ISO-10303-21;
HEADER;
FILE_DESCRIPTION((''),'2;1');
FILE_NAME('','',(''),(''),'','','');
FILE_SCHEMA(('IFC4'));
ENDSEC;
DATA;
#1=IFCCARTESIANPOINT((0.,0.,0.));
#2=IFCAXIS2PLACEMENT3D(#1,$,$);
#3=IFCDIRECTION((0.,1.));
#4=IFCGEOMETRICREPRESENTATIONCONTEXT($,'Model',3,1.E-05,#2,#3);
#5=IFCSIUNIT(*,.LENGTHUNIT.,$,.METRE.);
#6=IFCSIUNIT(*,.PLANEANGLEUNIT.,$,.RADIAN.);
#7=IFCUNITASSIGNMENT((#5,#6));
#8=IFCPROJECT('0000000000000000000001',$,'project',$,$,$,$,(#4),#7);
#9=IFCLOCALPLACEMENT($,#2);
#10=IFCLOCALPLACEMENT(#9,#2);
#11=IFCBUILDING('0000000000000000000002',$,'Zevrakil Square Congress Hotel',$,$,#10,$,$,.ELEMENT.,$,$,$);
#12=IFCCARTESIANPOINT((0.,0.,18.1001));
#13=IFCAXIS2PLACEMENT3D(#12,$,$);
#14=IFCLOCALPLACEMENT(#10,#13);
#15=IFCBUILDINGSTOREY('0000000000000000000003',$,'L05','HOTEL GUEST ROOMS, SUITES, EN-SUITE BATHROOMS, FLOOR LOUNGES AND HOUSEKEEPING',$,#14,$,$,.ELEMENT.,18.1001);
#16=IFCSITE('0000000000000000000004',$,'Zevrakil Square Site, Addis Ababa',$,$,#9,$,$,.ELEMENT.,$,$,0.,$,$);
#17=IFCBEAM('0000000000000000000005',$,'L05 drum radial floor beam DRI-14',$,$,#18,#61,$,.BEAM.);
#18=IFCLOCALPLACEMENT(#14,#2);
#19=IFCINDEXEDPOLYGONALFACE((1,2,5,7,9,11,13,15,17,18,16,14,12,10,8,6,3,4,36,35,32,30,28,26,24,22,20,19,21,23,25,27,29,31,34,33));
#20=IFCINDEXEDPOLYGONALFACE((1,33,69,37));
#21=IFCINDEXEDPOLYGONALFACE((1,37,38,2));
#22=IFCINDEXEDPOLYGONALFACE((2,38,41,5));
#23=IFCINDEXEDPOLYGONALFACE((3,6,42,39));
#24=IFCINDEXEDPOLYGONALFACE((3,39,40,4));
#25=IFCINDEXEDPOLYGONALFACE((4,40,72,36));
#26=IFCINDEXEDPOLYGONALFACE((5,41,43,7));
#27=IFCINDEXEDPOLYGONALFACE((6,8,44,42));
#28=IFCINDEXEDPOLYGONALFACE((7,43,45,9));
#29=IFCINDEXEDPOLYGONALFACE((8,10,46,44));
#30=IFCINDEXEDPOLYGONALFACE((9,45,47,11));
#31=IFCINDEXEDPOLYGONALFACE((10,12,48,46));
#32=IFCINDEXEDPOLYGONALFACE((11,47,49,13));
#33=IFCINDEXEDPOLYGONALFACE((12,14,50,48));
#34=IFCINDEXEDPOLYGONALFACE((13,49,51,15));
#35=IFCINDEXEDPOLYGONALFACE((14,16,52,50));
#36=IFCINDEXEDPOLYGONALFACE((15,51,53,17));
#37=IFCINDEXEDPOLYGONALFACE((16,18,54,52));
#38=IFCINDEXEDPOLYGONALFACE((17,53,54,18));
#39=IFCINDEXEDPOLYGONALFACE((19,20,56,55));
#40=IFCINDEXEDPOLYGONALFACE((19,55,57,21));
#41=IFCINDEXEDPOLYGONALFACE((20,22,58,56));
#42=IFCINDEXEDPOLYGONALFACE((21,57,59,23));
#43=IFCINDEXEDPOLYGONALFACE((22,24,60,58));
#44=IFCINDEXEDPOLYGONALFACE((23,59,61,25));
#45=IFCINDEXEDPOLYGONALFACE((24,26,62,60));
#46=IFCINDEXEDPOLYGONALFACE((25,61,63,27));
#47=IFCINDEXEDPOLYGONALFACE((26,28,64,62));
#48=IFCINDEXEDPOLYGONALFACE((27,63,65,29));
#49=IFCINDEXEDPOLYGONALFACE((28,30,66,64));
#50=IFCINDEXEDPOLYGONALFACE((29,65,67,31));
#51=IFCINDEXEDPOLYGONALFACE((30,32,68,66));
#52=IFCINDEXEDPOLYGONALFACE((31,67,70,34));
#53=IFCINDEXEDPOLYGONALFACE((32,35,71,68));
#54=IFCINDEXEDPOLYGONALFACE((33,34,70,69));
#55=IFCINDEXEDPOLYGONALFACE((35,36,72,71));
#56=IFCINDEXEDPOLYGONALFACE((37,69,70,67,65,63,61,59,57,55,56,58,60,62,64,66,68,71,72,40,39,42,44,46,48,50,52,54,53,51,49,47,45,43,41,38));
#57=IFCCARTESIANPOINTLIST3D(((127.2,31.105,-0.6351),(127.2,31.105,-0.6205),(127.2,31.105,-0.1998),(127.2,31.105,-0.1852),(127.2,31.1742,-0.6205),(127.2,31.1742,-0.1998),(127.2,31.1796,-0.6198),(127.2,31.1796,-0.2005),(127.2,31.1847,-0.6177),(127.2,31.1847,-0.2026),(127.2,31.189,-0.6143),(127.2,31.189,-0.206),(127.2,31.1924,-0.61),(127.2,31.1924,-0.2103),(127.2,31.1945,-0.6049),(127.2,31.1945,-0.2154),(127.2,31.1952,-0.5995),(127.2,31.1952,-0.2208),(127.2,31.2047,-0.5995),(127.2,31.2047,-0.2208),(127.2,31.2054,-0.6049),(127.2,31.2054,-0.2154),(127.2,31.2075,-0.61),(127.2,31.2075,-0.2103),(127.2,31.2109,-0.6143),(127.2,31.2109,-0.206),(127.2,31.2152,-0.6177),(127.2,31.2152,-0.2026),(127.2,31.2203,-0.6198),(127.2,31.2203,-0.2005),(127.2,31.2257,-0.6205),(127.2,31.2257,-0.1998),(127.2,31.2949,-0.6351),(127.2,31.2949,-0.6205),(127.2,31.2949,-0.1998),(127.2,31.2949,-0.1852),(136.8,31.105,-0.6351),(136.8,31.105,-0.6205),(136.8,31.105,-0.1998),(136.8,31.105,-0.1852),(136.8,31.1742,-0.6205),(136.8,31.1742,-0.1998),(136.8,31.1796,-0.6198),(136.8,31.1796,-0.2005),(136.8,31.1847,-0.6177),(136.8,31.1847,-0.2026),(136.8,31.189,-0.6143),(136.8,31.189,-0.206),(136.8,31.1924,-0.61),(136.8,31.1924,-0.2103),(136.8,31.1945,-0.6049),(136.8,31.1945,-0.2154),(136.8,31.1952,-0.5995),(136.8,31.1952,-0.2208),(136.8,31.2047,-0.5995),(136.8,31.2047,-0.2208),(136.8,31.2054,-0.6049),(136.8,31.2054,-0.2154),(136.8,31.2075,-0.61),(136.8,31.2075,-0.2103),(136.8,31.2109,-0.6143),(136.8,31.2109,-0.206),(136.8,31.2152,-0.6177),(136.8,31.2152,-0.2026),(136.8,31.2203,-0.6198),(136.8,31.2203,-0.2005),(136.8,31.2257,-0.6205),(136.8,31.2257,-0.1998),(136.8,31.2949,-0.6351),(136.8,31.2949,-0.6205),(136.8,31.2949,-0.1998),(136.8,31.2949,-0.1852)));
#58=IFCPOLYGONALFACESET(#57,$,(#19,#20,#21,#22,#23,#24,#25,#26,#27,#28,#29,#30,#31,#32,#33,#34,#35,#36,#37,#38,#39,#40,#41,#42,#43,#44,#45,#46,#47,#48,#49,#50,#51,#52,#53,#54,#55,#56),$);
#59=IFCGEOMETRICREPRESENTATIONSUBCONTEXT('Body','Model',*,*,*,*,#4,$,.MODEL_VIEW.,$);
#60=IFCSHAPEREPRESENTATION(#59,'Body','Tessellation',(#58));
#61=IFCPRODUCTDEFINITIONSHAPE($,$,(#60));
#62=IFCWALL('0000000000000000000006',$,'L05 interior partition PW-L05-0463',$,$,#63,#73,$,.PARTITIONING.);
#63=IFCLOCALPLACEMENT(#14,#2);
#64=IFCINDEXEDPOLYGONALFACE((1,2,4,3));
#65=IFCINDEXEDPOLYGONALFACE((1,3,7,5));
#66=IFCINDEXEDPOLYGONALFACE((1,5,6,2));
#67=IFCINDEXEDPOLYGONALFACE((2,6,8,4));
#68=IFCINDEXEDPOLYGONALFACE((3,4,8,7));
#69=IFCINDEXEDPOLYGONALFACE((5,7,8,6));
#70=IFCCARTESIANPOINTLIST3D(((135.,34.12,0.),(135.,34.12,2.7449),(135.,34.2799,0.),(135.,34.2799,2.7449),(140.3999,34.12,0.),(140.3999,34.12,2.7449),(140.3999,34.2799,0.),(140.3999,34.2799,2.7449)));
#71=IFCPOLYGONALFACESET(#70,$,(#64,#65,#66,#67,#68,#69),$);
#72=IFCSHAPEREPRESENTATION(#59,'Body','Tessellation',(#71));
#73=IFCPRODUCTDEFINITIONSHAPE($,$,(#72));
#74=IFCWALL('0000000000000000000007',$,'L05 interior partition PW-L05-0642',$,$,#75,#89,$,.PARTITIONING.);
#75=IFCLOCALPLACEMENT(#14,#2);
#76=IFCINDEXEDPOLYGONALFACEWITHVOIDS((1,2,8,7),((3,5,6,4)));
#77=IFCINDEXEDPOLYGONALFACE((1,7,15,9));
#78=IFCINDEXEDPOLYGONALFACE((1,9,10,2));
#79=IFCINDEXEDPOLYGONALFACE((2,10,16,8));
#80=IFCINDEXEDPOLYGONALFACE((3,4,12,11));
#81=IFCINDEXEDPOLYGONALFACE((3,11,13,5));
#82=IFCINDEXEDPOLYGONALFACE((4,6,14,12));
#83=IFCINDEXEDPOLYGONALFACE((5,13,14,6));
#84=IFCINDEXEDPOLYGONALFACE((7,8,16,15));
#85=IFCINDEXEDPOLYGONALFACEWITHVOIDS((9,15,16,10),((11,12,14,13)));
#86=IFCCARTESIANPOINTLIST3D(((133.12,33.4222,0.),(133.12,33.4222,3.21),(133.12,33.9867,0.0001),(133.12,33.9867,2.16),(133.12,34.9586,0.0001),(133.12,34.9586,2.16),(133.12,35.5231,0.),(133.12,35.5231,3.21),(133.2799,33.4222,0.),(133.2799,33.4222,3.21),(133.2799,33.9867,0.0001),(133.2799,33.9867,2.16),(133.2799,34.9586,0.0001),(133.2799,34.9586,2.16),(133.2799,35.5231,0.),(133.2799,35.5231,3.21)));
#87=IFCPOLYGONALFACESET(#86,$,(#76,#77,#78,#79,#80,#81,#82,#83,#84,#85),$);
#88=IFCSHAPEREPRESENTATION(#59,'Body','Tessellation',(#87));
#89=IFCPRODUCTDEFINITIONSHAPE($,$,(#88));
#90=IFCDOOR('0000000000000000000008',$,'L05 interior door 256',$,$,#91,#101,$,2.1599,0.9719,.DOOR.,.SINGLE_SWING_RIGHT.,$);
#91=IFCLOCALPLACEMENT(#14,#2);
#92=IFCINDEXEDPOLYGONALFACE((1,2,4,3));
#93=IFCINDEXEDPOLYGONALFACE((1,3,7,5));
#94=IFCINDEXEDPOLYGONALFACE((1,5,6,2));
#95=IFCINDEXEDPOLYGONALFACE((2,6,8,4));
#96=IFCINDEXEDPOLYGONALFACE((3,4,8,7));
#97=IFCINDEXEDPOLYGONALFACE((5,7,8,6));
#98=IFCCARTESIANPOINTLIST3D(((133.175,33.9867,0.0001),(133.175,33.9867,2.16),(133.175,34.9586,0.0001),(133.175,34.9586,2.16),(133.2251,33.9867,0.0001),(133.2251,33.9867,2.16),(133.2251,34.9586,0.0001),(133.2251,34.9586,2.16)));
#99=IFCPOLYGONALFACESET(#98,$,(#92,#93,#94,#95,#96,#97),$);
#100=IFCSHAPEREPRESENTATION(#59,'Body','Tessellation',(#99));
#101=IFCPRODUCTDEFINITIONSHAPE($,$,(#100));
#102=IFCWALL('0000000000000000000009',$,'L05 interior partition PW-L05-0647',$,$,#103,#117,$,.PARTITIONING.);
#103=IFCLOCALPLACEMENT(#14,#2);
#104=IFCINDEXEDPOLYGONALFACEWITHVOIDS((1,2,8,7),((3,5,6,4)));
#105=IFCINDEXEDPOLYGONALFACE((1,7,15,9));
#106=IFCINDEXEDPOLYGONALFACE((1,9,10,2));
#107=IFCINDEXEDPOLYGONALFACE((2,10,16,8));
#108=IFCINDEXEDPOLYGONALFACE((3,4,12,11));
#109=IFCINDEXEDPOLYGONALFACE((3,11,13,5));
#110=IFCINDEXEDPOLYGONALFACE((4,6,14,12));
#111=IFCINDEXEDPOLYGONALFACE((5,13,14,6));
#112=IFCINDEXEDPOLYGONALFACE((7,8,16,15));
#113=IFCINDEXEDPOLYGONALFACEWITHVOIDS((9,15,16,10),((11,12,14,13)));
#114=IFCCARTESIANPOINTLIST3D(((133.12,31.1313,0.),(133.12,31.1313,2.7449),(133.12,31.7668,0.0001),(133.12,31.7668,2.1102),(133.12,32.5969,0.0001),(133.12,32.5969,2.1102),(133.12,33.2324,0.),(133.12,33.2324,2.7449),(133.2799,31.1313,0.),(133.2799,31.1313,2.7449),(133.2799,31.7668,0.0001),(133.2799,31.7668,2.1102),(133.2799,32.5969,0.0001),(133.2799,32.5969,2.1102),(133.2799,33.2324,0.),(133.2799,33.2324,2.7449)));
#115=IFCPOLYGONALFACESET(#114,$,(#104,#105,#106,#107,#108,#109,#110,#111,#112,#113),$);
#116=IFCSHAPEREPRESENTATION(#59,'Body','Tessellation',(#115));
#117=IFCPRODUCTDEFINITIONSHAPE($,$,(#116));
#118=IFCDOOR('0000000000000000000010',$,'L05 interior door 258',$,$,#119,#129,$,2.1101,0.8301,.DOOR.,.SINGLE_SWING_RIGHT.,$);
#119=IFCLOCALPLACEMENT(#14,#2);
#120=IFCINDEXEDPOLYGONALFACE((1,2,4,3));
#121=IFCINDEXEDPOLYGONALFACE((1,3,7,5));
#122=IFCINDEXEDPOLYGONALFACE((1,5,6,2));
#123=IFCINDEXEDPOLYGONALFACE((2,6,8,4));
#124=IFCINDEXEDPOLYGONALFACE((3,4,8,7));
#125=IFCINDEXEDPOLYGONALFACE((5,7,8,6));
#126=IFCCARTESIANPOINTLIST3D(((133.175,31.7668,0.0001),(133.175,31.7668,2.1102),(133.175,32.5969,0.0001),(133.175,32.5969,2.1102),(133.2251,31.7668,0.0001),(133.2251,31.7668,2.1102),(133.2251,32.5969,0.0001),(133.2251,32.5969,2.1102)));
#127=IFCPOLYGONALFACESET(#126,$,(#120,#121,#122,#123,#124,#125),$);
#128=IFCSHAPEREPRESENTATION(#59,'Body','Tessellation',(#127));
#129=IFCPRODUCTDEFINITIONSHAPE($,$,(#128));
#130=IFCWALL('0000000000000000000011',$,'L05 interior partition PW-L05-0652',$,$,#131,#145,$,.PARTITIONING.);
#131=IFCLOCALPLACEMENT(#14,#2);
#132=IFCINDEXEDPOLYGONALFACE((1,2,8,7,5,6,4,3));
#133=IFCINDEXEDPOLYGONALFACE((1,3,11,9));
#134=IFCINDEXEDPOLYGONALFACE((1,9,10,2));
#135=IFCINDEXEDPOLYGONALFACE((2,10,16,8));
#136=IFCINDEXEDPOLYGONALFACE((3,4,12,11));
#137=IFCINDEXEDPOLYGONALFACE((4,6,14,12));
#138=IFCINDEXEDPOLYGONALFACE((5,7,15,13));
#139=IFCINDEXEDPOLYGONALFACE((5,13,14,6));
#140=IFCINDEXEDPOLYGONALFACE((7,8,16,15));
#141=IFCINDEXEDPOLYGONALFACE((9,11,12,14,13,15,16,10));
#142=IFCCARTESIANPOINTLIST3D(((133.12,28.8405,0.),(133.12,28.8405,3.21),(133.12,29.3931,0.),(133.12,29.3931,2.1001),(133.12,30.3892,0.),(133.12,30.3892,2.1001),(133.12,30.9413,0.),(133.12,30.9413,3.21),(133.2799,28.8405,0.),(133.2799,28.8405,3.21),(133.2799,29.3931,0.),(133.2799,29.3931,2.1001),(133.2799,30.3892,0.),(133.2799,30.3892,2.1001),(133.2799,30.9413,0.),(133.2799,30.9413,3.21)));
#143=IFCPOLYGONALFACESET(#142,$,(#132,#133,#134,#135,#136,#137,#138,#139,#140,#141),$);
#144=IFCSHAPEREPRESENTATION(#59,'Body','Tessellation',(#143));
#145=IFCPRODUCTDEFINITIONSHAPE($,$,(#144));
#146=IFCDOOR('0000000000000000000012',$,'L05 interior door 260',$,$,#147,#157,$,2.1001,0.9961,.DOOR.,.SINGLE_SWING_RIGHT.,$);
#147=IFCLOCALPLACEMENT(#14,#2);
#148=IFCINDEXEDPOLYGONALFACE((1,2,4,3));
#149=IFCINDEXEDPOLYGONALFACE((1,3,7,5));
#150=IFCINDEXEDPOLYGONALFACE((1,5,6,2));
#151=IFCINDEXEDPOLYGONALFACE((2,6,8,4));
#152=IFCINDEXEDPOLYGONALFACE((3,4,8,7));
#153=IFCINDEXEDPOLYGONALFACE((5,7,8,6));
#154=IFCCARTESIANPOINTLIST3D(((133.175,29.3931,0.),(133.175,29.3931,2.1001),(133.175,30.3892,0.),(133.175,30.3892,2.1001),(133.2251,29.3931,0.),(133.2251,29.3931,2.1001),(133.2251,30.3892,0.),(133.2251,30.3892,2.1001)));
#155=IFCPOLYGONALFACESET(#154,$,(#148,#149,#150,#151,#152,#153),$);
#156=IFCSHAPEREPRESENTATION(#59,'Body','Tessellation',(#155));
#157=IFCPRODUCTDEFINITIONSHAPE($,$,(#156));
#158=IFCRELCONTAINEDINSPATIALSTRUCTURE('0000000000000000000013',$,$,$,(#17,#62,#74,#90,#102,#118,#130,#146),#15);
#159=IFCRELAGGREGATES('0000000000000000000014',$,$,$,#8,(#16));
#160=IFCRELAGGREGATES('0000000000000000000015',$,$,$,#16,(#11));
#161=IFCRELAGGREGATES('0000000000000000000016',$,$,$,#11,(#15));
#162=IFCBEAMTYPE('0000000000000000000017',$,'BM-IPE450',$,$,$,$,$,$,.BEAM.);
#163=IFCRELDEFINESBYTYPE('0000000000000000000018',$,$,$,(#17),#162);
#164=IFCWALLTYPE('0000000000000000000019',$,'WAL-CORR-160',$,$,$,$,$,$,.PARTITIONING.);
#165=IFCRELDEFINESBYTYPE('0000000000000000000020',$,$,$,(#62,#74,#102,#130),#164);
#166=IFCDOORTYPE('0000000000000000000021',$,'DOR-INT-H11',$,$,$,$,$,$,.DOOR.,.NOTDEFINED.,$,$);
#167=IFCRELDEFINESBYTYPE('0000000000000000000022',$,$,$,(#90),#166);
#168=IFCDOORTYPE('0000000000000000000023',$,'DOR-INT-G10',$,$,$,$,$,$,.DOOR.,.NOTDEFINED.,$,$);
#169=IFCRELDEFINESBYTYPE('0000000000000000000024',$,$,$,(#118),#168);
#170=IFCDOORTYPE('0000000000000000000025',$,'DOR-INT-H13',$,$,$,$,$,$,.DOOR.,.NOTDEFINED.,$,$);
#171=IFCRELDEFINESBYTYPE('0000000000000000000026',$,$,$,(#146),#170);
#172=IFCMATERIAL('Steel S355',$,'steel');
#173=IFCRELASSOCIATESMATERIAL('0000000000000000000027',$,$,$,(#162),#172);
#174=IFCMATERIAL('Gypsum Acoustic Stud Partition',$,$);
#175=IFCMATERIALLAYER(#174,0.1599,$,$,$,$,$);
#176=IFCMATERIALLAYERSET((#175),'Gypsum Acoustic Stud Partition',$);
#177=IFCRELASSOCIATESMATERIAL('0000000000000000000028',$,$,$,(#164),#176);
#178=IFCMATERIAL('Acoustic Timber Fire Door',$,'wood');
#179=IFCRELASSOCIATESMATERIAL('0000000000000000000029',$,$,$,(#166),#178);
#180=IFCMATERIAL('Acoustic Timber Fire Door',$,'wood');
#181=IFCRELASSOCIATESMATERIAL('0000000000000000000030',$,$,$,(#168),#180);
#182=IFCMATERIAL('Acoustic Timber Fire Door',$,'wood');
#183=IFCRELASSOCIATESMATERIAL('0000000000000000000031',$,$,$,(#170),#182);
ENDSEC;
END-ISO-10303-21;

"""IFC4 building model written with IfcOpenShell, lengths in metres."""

from ifc_helpers import new_model, si_unit, direction, frame, frame_2d, origin, origin_2d, place, context, subcontext, project, spatial, rectangle, i_section, extrude, material, layer, layer_set, material_profile, profile_set, type_object, element, fill, save


model = new_model("IFC4")

# Units and contexts
model_context = context("Model", 3, precision=1e-05, world=origin(), true_north=direction((0.0, 1.0)))
body_context = subcontext(model_context, "Body", "Model", "MODEL_VIEW")
ifc_project = project(units=[si_unit("LENGTHUNIT", "METRE"), si_unit("PLANEANGLEUNIT", "RADIAN")], contexts=[model_context])

# Site, building, storey
site_placement = place(None, origin())
site = spatial("IfcSite", under=ifc_project, at=site_placement, Name="Zevrakil Square Site, Addis Ababa", CompositionType="ELEMENT", RefElevation=0.0)
building_placement = place(site_placement, origin())
building = spatial("IfcBuilding", under=site, at=building_placement, Name="Zevrakil Square Congress Hotel", CompositionType="ELEMENT")
storey_placement = place(building_placement, frame((0.0, 0.0, 18.1001)))
storey = spatial("IfcBuildingStorey", under=building, at=storey_placement, Name="L05", Description="HOTEL GUEST ROOMS, SUITES, EN-SUITE BATHROOMS, FLOOR LOUNGES AND HOUSEKEEPING", CompositionType="ELEMENT", Elevation=18.1001)

# Beam
ifc_material_1 = material(Name="Steel S355", Category="steel")
ifc_material_profile = material_profile(ifc_material_1, i_section(OverallWidth=0.1899, OverallDepth=0.45, WebThickness=0.0095, FlangeThickness=0.0146, FilletRadius=0.021, at=origin_2d()), Name="IPE 450")
ifc_profile_set = profile_set([ifc_material_profile], Name="Steel S355")
beam_type = type_object("IfcBeamType", Name="BM-IPE450", PredefinedType="BEAM", material=ifc_profile_set)
beam_placement = place(storey_placement, frame((136.8, 31.2, -0.4102), z_axis=(-1.0, 0.0, 0.0), x_axis=(0.0, -1.0, 0.0)))
element("IfcBeam", 1, at=beam_placement, inside=storey, type_object=beam_type, Name="L05 drum radial floor beam DRI-14", PredefinedType="BEAM", context=body_context, shape_type="SweptSolid", body=[
    extrude(i_section(OverallWidth=0.1899, OverallDepth=0.45, WebThickness=0.0095, FlangeThickness=0.0146, FilletRadius=0.021, at=origin_2d()), origin(), (0.0, 0.0, 1.0), 9.6001),
])

# Wall
ifc_material_2 = material(Name="Gypsum Acoustic Stud Partition")
ifc_layer_1 = layer(ifc_material_2, 0.1599)
ifc_layer_set_1 = layer_set([ifc_layer_1], Name="Gypsum Acoustic Stud Partition")
wall_type_1 = type_object("IfcWallType", Name="WAL-CORR-160", PredefinedType="PARTITIONING", material=ifc_layer_set_1)
wall_1_placement = place(storey_placement, frame((135.0, 34.2, 0.0), z_axis=(0.0, 0.0, 1.0), x_axis=(1.0, 0.0, 0.0)))
element("IfcWall", 2, at=wall_1_placement, inside=storey, type_object=wall_type_1, Name="L05 interior partition PW-L05-0463", PredefinedType="PARTITIONING", context=body_context, shape_type="SweptSolid", body=[
    extrude(rectangle(XDim=5.3999, YDim=0.1599, at=frame_2d((2.7, 0.0))), origin(), (0.0, 0.0, 1.0), 2.7449),
])

# Walls, openings, doors
wall_2_placement = place(storey_placement, frame((133.2, 33.4224, 0.0), z_axis=(0.0, 0.0, 1.0), x_axis=(0.0, 1.0, 0.0)))
wall_2 = element("IfcWall", 3, at=wall_2_placement, inside=storey, type_object=wall_type_1, Name="L05 interior partition PW-L05-0642", PredefinedType="PARTITIONING", context=body_context, shape_type="SweptSolid", body=[
    extrude(rectangle(XDim=2.1008, YDim=0.1599, at=frame_2d((1.0503, 0.0))), origin(), (0.0, 0.0, 1.0), 3.21),
])
opening_1_placement = place(wall_2_placement, frame((0.5645, 0.0, 0.0)))
opening_1 = element("IfcOpeningElement", 4, at=opening_1_placement, cuts=wall_2, PredefinedType="OPENING", context=body_context, shape_type="SweptSolid", body=[
    extrude(rectangle(XDim=0.9719, YDim=2.1599, at=frame_2d((0.4858, 1.0801))), frame((0.0, 0.0898, 0.0), z_axis=(0.0, -1.0, 0.0), x_axis=(1.0, 0.0, 0.0)), (0.0, 0.0, 1.0), 0.1799),
])
ifc_material_3 = material(Name="Acoustic Timber Fire Door", Category="wood")
door_type_1 = type_object("IfcDoorType", Name="DOR-INT-H11", OperationType="NOTDEFINED", PredefinedType="DOOR", material=ifc_material_3)
door_1_placement = place(opening_1_placement, origin())
door_1 = element("IfcDoor", 5, at=door_1_placement, inside=storey, type_object=door_type_1, Name="L05 interior door 256", OperationType="SINGLE_SWING_RIGHT", OverallHeight=2.1599, OverallWidth=0.9719, PredefinedType="DOOR", context=body_context, shape_type="SweptSolid", body=[
    extrude(rectangle(XDim=0.9719, YDim=2.1599, at=frame_2d((0.4858, 1.0801))), frame((0.0, 0.0249, 0.0), z_axis=(0.0, -1.0, 0.0), x_axis=(1.0, 0.0, 0.0)), (0.0, 0.0, 1.0), 0.05),
])
fill(opening_1, door_1)
wall_3_placement = place(storey_placement, frame((133.2, 31.1313, 0.0), z_axis=(0.0, 0.0, 1.0), x_axis=(0.0, 1.0, 0.0)))
wall_3 = element("IfcWall", 6, at=wall_3_placement, inside=storey, type_object=wall_type_1, Name="L05 interior partition PW-L05-0647", PredefinedType="PARTITIONING", context=body_context, shape_type="SweptSolid", body=[
    extrude(rectangle(XDim=2.1011, YDim=0.1599, at=frame_2d((1.0505, 0.0))), origin(), (0.0, 0.0, 1.0), 2.7449),
])
opening_2_placement = place(wall_3_placement, frame((0.6355, 0.0, 0.0)))
opening_2 = element("IfcOpeningElement", 7, at=opening_2_placement, cuts=wall_3, PredefinedType="OPENING", context=body_context, shape_type="SweptSolid", body=[
    extrude(rectangle(XDim=0.8301, YDim=2.1101, at=frame_2d((0.415, 1.0552))), frame((0.0, 0.0898, 0.0), z_axis=(0.0, -1.0, 0.0), x_axis=(1.0, 0.0, 0.0)), (0.0, 0.0, 1.0), 0.1799),
])
ifc_material_4 = material(Name="Acoustic Timber Fire Door", Category="wood")
door_type_2 = type_object("IfcDoorType", Name="DOR-INT-G10", OperationType="NOTDEFINED", PredefinedType="DOOR", material=ifc_material_4)
door_2_placement = place(opening_2_placement, origin())
door_2 = element("IfcDoor", 8, at=door_2_placement, inside=storey, type_object=door_type_2, Name="L05 interior door 258", OperationType="SINGLE_SWING_RIGHT", OverallHeight=2.1101, OverallWidth=0.8301, PredefinedType="DOOR", context=body_context, shape_type="SweptSolid", body=[
    extrude(rectangle(XDim=0.8301, YDim=2.1101, at=frame_2d((0.415, 1.0552))), frame((0.0, 0.0249, 0.0), z_axis=(0.0, -1.0, 0.0), x_axis=(1.0, 0.0, 0.0)), (0.0, 0.0, 1.0), 0.05),
])
fill(opening_2, door_2)
wall_4_placement = place(storey_placement, frame((133.2, 28.8406, 0.0), z_axis=(0.0, 0.0, 1.0), x_axis=(0.0, 1.0, 0.0)))
wall_4 = element("IfcWall", 9, at=wall_4_placement, inside=storey, type_object=wall_type_1, Name="L05 interior partition PW-L05-0652", PredefinedType="PARTITIONING", context=body_context, shape_type="SweptSolid", body=[
    extrude(rectangle(XDim=2.1008, YDim=0.1599, at=frame_2d((1.0503, 0.0))), origin(), (0.0, 0.0, 1.0), 3.21),
])
opening_3_placement = place(wall_4_placement, frame((0.5525, 0.0, 0.0)))
opening_3 = element("IfcOpeningElement", 10, at=opening_3_placement, cuts=wall_4, PredefinedType="OPENING", context=body_context, shape_type="SweptSolid", body=[
    extrude(rectangle(XDim=0.9961, YDim=2.1001, at=frame_2d((0.498, 1.05))), frame((0.0, 0.0898, 0.0), z_axis=(0.0, -1.0, 0.0), x_axis=(1.0, 0.0, 0.0)), (0.0, 0.0, 1.0), 0.1799),
])
ifc_material_5 = material(Name="Acoustic Timber Fire Door", Category="wood")
door_type_3 = type_object("IfcDoorType", Name="DOR-INT-H13", OperationType="NOTDEFINED", PredefinedType="DOOR", material=ifc_material_5)
door_3_placement = place(opening_3_placement, origin())
door_3 = element("IfcDoor", 11, at=door_3_placement, inside=storey, type_object=door_type_3, Name="L05 interior door 260", OperationType="SINGLE_SWING_RIGHT", OverallHeight=2.1001, OverallWidth=0.9961, PredefinedType="DOOR", context=body_context, shape_type="SweptSolid", body=[
    extrude(rectangle(XDim=0.9961, YDim=2.1001, at=frame_2d((0.498, 1.05))), frame((0.0, 0.0249, 0.0), z_axis=(0.0, -1.0, 0.0), x_axis=(1.0, 0.0, 0.0)), (0.0, 0.0, 1.0), 0.05),
])
fill(opening_3, door_3)

save(model, "model.ifc")
